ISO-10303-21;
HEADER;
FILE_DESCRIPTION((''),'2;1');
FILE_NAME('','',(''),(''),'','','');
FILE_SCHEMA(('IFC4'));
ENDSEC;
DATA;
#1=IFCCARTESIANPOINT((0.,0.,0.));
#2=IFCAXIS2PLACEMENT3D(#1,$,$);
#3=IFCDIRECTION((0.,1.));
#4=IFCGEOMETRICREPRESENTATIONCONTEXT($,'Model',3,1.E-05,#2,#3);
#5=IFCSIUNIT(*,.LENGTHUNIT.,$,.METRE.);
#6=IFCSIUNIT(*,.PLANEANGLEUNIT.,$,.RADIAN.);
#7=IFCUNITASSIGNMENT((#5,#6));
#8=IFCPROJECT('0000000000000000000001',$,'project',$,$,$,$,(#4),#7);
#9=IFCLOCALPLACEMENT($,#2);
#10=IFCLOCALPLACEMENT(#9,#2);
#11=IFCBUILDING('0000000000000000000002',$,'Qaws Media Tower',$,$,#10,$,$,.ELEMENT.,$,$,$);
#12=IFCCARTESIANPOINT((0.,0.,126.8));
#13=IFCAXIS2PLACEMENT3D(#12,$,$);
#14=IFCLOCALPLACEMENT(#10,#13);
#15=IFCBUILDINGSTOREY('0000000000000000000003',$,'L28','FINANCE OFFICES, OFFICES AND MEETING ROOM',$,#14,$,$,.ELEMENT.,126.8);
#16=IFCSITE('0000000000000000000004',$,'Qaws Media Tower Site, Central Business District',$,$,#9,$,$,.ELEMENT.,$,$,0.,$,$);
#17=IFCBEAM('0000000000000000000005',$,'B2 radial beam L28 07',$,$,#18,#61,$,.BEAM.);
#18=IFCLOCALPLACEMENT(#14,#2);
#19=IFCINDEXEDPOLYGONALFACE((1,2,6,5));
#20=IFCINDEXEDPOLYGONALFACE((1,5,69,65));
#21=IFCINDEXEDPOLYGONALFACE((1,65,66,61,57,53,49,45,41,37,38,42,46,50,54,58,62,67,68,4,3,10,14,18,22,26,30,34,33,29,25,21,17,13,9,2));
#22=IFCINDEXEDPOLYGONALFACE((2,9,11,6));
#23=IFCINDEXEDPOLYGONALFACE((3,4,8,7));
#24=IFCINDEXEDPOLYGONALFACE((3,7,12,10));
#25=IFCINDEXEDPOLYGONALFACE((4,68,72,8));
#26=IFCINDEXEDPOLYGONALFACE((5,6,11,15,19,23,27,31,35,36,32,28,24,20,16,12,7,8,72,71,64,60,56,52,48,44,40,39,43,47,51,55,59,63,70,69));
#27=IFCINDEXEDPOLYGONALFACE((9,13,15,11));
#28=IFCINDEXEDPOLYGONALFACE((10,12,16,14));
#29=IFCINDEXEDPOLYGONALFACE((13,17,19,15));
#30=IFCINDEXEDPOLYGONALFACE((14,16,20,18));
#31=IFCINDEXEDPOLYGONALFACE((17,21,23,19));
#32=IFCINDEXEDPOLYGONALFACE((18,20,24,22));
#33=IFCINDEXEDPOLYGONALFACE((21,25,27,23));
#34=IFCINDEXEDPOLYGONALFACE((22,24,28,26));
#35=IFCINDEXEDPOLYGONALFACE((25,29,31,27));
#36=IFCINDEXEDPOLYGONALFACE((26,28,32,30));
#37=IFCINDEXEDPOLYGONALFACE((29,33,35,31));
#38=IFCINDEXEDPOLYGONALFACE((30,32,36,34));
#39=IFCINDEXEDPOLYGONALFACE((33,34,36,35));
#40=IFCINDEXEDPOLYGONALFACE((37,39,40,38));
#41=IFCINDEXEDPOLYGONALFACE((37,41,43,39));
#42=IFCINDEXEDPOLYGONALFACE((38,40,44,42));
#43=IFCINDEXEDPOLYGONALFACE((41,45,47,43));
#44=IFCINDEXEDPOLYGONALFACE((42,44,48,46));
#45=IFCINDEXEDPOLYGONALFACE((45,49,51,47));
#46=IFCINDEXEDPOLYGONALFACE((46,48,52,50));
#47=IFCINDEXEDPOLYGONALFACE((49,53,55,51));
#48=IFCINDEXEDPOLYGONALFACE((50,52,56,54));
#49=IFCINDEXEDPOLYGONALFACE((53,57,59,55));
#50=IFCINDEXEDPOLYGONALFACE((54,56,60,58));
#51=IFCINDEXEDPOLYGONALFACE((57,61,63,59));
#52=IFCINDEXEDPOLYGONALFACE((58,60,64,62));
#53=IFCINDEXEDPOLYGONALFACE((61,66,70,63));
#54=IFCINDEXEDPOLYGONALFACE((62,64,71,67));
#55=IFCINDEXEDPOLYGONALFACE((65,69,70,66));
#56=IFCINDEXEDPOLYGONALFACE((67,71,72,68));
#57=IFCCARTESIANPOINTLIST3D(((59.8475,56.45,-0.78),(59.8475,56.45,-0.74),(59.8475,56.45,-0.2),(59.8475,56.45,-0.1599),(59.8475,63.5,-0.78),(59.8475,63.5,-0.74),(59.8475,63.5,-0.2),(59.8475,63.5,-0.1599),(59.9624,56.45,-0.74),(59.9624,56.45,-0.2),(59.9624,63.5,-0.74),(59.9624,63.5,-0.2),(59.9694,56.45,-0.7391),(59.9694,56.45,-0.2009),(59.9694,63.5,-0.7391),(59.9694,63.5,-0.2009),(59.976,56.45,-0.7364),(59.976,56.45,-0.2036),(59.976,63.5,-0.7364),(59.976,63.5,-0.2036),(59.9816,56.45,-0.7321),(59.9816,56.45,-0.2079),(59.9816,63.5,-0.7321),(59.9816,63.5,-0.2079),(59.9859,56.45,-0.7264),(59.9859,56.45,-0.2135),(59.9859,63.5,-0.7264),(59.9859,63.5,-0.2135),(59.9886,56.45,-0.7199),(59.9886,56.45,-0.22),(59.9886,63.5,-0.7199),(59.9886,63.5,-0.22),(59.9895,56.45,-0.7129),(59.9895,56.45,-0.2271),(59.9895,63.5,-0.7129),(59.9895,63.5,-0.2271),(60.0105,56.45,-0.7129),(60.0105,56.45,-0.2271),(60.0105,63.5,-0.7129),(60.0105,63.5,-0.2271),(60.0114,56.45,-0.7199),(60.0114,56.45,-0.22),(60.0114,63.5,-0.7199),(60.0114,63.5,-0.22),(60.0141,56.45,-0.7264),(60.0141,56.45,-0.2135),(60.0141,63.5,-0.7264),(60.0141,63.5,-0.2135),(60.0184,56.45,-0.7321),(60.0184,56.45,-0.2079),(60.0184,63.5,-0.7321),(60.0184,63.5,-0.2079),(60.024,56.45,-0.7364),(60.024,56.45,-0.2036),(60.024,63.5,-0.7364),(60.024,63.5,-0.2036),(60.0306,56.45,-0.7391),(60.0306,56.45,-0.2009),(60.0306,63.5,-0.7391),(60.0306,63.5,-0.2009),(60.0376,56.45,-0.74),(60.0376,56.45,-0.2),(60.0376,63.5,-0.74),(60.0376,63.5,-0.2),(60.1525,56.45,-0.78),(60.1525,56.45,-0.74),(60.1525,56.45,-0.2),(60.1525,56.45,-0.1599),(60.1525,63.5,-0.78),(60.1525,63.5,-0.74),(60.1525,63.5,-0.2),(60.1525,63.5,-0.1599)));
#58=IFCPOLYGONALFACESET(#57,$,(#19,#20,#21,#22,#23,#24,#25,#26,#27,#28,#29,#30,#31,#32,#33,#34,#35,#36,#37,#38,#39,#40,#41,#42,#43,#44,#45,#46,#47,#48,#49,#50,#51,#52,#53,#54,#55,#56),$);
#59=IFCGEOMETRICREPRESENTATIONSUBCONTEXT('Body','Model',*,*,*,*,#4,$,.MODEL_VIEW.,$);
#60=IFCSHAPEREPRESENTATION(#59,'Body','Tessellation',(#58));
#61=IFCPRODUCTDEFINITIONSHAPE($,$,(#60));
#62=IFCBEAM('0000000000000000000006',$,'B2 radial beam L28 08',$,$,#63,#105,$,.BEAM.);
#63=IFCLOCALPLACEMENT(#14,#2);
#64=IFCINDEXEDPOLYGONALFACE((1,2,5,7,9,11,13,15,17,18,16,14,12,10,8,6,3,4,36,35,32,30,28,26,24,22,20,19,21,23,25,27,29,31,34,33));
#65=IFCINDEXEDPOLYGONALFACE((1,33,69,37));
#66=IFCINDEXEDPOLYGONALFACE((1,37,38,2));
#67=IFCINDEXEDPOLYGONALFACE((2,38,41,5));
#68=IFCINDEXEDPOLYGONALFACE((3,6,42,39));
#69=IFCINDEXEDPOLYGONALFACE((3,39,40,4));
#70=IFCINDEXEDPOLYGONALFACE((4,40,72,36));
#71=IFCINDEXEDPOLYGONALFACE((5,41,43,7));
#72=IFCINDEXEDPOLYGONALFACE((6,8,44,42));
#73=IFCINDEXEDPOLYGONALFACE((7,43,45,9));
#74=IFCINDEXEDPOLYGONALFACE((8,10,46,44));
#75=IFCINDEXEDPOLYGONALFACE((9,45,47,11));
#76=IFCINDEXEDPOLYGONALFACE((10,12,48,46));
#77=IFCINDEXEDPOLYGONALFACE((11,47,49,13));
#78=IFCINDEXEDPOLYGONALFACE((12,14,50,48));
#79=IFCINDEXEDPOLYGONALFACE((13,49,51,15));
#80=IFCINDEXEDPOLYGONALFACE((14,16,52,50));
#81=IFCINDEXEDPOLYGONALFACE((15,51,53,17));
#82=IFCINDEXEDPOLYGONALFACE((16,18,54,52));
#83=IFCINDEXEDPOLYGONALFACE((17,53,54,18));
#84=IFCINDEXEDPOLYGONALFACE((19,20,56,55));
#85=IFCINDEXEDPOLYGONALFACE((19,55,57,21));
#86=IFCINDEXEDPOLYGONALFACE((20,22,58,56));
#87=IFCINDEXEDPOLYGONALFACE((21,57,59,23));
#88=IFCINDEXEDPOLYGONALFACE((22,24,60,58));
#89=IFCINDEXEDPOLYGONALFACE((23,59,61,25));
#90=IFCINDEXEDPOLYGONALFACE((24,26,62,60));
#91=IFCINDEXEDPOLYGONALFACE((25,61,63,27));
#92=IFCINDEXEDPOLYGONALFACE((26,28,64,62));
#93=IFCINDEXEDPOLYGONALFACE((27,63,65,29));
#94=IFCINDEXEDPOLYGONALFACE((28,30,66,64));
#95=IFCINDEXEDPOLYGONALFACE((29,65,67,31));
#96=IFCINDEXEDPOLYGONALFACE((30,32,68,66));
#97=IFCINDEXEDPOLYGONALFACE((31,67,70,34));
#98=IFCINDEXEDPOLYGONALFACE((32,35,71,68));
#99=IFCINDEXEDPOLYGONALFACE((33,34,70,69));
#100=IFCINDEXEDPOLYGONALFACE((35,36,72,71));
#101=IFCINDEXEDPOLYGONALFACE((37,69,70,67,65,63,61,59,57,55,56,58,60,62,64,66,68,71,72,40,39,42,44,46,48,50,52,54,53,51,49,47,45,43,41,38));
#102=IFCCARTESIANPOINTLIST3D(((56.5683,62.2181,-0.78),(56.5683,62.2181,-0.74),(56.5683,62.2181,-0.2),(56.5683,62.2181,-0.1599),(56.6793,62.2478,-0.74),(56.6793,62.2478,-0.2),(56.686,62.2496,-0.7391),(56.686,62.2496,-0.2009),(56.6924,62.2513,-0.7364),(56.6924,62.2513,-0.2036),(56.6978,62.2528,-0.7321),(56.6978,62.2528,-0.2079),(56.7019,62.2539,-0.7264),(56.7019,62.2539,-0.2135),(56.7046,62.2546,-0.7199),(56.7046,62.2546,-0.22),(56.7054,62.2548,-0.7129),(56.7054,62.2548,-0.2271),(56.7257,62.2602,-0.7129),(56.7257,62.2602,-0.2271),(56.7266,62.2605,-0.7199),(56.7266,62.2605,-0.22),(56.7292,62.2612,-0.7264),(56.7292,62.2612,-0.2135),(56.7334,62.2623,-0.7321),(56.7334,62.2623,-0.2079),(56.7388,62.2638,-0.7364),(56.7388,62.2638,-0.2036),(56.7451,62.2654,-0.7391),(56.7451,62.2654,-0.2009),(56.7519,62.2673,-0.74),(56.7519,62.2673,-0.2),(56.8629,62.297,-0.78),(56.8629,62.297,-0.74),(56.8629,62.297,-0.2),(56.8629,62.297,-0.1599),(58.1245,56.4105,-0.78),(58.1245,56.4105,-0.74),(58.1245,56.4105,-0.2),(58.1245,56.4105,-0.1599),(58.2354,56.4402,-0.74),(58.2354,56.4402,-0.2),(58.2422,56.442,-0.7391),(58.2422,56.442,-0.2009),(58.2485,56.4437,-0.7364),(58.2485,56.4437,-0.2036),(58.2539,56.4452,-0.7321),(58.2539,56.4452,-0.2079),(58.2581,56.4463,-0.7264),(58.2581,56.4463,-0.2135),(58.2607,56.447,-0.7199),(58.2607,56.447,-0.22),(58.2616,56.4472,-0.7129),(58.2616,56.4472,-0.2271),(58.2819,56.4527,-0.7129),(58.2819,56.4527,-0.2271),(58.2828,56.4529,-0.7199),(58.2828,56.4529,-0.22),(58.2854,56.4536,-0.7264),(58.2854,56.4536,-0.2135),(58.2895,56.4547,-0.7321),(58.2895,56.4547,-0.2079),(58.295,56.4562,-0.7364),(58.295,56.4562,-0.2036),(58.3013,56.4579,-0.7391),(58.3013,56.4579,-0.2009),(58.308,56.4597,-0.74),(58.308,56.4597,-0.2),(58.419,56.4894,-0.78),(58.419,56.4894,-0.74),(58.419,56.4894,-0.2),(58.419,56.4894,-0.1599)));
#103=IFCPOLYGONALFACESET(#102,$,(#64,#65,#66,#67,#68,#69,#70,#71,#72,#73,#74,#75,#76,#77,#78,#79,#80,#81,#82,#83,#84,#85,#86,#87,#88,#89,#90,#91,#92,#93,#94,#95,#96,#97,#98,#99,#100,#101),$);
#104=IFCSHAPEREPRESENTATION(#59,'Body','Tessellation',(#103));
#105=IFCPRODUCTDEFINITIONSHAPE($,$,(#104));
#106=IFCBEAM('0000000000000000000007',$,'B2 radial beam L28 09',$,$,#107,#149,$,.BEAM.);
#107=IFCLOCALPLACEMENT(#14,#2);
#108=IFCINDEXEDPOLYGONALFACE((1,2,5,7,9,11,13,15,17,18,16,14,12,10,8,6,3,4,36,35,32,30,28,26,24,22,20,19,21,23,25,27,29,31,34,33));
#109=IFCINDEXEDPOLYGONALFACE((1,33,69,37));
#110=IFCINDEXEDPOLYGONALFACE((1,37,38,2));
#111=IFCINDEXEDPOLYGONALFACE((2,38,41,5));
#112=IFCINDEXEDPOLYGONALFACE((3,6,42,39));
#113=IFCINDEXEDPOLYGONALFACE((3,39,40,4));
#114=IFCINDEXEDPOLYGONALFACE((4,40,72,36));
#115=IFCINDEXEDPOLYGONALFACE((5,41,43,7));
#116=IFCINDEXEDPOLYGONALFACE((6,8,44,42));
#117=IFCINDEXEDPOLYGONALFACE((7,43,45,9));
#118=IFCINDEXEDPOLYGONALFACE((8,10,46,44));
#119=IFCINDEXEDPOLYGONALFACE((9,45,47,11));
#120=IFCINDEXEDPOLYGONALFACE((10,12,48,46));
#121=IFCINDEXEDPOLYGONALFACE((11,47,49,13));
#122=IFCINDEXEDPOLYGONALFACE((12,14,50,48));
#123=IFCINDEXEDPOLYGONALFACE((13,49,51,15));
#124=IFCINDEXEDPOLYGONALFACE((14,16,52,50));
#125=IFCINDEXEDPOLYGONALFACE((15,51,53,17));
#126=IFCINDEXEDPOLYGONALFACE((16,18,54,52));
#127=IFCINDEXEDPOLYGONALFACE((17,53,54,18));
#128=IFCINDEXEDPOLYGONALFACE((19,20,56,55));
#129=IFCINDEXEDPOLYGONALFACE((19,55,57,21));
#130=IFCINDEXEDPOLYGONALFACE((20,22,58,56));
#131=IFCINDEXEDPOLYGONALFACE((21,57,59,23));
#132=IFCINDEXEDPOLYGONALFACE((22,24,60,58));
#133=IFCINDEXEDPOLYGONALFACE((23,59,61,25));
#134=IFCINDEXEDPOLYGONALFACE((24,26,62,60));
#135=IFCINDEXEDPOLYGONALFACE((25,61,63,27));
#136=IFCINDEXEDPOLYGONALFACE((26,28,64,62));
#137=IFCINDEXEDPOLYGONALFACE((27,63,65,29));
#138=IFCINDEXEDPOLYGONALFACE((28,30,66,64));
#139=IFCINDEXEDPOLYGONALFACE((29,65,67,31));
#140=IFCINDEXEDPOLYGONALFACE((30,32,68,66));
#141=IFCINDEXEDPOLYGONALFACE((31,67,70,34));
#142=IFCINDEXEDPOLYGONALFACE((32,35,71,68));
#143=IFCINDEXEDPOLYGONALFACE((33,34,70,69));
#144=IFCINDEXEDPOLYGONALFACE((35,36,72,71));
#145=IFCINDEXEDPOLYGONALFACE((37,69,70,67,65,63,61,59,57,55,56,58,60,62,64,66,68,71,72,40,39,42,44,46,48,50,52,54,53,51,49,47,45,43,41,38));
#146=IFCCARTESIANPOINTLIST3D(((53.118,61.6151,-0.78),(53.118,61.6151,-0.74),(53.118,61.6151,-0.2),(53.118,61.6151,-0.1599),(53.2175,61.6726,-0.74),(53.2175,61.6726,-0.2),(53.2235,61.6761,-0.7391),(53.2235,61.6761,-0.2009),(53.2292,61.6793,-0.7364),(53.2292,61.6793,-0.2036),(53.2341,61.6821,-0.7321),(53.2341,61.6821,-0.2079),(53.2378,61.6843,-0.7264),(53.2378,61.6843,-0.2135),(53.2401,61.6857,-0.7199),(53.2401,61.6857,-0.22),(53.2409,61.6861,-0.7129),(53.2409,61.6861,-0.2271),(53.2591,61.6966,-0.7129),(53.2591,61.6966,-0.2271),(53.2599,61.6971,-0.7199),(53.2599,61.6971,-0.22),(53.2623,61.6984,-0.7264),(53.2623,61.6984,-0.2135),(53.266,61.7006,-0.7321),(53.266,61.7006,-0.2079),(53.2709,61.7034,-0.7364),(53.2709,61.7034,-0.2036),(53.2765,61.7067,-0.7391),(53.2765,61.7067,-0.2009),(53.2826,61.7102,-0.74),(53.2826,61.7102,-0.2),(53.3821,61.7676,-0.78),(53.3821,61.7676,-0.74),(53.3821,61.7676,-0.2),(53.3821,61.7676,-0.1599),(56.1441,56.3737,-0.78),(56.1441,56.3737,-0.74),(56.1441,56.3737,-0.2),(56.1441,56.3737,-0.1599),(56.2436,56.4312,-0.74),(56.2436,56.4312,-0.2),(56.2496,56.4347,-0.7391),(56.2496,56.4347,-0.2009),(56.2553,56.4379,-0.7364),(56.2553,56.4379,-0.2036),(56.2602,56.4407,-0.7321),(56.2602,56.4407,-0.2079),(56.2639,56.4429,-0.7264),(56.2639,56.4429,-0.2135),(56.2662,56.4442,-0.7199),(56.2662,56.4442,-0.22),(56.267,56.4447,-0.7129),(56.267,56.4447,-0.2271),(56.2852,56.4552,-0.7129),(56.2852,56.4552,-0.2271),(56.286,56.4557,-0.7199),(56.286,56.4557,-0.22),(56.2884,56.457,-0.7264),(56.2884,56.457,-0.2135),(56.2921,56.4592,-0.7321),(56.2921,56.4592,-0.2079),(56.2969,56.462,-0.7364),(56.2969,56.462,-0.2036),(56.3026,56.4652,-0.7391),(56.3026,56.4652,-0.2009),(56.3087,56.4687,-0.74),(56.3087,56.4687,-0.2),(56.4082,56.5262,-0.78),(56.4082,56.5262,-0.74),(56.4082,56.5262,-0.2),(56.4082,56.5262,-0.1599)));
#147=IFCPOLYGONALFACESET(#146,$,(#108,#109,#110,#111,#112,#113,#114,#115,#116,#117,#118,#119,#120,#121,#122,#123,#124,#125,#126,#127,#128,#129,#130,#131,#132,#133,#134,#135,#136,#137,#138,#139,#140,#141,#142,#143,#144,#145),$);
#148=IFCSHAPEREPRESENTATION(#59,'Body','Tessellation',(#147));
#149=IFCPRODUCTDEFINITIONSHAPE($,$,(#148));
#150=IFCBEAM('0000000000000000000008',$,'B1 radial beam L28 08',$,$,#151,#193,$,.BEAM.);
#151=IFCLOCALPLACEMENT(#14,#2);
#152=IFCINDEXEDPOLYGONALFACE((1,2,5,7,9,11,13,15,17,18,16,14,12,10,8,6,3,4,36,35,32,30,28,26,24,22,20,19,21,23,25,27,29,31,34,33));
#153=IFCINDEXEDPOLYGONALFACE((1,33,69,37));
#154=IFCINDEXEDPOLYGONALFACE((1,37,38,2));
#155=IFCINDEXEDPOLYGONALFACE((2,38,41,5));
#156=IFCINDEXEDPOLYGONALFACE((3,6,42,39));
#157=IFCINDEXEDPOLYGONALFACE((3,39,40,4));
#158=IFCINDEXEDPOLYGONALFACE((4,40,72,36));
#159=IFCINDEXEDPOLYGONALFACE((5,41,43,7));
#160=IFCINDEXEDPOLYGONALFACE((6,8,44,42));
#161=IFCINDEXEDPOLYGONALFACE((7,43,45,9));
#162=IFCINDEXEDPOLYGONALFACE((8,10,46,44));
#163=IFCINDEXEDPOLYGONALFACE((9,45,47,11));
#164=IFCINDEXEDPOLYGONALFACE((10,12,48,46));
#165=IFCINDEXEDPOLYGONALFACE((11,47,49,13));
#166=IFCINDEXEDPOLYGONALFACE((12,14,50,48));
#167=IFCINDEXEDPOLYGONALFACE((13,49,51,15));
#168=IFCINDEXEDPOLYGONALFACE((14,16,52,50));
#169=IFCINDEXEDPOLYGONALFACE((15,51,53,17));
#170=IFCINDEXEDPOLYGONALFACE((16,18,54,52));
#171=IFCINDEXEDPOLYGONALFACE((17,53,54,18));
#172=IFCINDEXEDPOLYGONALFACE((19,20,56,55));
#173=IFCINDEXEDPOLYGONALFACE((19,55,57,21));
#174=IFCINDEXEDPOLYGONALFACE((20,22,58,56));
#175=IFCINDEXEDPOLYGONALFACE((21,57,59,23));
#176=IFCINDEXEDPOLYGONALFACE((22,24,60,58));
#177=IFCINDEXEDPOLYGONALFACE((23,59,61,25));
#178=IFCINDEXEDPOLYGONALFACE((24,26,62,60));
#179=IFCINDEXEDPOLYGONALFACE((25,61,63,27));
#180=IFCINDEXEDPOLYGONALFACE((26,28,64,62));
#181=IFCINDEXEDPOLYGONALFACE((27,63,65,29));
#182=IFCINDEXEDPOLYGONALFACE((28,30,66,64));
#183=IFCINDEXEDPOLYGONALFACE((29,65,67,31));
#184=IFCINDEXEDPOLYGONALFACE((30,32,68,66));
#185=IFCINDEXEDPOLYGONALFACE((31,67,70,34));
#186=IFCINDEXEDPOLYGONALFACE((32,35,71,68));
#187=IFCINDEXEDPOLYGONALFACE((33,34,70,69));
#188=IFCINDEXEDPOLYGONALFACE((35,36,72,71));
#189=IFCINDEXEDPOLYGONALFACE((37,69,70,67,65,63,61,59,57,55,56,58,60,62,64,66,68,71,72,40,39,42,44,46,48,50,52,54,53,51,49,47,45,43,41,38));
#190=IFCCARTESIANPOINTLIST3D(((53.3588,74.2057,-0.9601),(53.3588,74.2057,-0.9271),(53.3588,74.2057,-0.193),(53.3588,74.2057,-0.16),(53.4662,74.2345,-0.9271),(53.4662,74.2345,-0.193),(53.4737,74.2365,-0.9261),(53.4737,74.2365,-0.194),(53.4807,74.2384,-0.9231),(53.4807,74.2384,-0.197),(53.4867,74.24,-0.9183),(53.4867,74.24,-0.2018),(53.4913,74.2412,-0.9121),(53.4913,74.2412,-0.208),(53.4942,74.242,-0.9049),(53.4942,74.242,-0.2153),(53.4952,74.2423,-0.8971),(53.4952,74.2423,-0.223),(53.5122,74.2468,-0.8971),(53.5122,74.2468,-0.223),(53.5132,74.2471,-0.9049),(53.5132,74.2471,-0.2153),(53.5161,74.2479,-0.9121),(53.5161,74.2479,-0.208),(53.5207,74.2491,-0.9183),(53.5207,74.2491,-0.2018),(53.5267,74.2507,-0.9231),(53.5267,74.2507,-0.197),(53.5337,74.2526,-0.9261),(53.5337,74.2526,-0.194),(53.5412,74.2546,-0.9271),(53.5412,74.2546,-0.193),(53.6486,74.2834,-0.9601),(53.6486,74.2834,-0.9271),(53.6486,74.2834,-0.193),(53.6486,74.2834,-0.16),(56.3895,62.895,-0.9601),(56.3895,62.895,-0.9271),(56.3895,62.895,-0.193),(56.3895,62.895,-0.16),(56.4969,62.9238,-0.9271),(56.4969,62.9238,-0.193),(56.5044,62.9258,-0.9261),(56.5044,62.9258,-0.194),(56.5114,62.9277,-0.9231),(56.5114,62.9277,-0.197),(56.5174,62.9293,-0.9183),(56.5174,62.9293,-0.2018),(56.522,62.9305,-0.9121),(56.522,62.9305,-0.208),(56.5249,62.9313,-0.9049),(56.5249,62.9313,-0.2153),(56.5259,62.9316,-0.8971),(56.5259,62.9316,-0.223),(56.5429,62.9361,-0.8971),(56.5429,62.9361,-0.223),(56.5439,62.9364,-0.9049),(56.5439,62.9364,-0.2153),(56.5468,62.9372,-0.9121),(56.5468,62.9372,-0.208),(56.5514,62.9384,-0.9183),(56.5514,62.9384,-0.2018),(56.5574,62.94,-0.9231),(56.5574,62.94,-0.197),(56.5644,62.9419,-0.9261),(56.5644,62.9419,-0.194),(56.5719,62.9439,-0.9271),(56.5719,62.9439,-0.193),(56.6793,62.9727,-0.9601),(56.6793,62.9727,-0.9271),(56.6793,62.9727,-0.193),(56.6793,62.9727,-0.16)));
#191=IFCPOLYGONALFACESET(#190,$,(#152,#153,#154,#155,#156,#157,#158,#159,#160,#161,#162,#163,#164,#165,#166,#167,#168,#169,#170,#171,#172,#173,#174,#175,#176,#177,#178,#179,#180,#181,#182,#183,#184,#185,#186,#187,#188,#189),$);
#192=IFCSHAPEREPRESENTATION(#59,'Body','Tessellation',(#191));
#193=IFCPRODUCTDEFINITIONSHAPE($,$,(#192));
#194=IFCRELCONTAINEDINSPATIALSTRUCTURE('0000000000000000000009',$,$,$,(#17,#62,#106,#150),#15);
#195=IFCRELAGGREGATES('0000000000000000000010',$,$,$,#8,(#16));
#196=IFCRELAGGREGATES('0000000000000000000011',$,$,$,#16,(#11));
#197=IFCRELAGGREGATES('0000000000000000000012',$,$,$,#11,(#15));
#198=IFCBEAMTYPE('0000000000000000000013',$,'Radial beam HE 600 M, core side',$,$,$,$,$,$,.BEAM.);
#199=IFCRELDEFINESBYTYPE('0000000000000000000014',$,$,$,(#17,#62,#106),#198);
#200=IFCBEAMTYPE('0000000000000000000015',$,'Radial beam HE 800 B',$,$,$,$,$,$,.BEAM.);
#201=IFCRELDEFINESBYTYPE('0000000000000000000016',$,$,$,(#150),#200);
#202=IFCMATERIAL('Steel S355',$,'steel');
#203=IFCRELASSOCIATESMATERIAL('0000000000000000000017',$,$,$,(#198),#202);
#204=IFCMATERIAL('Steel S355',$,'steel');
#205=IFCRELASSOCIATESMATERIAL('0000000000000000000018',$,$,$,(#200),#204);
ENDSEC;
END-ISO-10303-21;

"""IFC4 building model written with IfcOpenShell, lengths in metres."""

from ifc_helpers import new_model, si_unit, direction, frame, origin, origin_2d, place, context, subcontext, project, spatial, i_section, extrude, material, material_profile, profile_set, type_object, element, save


model = new_model("IFC4")

# Units and contexts
model_context = context("Model", 3, precision=1e-05, world=origin(), true_north=direction((0.0, 1.0)))
body_context = subcontext(model_context, "Body", "Model", "MODEL_VIEW")
ifc_project = project(units=[si_unit("LENGTHUNIT", "METRE"), si_unit("PLANEANGLEUNIT", "RADIAN")], contexts=[model_context])

# Site, building, storey
site_placement = place(None, origin())
site = spatial("IfcSite", under=ifc_project, at=site_placement, Name="Qaws Media Tower Site, Central Business District", CompositionType="ELEMENT", RefElevation=0.0)
building_placement = place(site_placement, origin())
building = spatial("IfcBuilding", under=site, at=building_placement, Name="Qaws Media Tower", CompositionType="ELEMENT")
storey_placement = place(building_placement, frame((0.0, 0.0, 126.8)))
storey = spatial("IfcBuildingStorey", under=building, at=storey_placement, Name="L28", Description="FINANCE OFFICES, OFFICES AND MEETING ROOM", CompositionType="ELEMENT", Elevation=126.8)

# Beams
ifc_material_1 = material(Name="Steel S355", Category="steel")
ifc_material_profile_1 = material_profile(ifc_material_1, i_section(OverallWidth=0.3049, OverallDepth=0.6201, WebThickness=0.021, FlangeThickness=0.04, FilletRadius=0.0271, at=origin_2d()), Name="HE 600 M")
ifc_profile_set_1 = profile_set([ifc_material_profile_1], Name="Steel S355")
beam_type_1 = type_object("IfcBeamType", Name="Radial beam HE 600 M, core side", PredefinedType="BEAM", material=ifc_profile_set_1)
beam_1_placement = place(storey_placement, frame((60.0, 56.45, -0.47), z_axis=(0.0, 1.0, 0.0), x_axis=(-1.0, 0.0, 0.0)))
element("IfcBeam", 1, at=beam_1_placement, inside=storey, type_object=beam_type_1, Name="B2 radial beam L28 07", PredefinedType="BEAM", context=body_context, shape_type="SweptSolid", body=[
    extrude(i_section(OverallWidth=0.3049, OverallDepth=0.6201, WebThickness=0.021, FlangeThickness=0.04, FilletRadius=0.0271, at=origin_2d()), origin(), (0.0, 0.0, 1.0), 7.05),
])
beam_2_placement = place(storey_placement, frame((58.2717, 56.45, -0.47), z_axis=(-0.25882, 0.965926, 0.0), x_axis=(-0.965926, -0.25882, 0.0)))
element("IfcBeam", 2, at=beam_2_placement, inside=storey, type_object=beam_type_1, Name="B2 radial beam L28 08", PredefinedType="BEAM", context=body_context, shape_type="SweptSolid", body=[
    extrude(i_section(OverallWidth=0.3049, OverallDepth=0.6201, WebThickness=0.021, FlangeThickness=0.04, FilletRadius=0.0271, at=origin_2d()), origin(), (0.0, 0.0, 1.0), 6.0125),
])
beam_3_placement = place(storey_placement, frame((56.2761, 56.45, -0.47), z_axis=(-0.499996, 0.866028, 0.0), x_axis=(-0.866028, -0.499996, 0.0)))
element("IfcBeam", 3, at=beam_3_placement, inside=storey, type_object=beam_type_1, Name="B2 radial beam L28 09", PredefinedType="BEAM", context=body_context, shape_type="SweptSolid", body=[
    extrude(i_section(OverallWidth=0.3049, OverallDepth=0.6201, WebThickness=0.021, FlangeThickness=0.04, FilletRadius=0.0271, at=origin_2d()), origin(), (0.0, 0.0, 1.0), 6.0522),
])
ifc_material_2 = material(Name="Steel S355", Category="steel")
ifc_material_profile_2 = material_profile(ifc_material_2, i_section(OverallWidth=0.3, OverallDepth=0.8, WebThickness=0.0176, FlangeThickness=0.033, FilletRadius=0.03, at=origin_2d()), Name="HE 800 B")
ifc_profile_set_2 = profile_set([ifc_material_profile_2], Name="Steel S355")
beam_type_2 = type_object("IfcBeamType", Name="Radial beam HE 800 B", PredefinedType="BEAM", material=ifc_profile_set_2)
beam_4_placement = place(storey_placement, frame((56.5344, 62.9338, -0.5601), z_axis=(-0.258823, 0.965925, 0.0), x_axis=(-0.965925, -0.258823, 0.0)))
element("IfcBeam", 4, at=beam_4_placement, inside=storey, type_object=beam_type_2, Name="B1 radial beam L28 08", PredefinedType="BEAM", context=body_context, shape_type="SweptSolid", body=[
    extrude(i_section(OverallWidth=0.3, OverallDepth=0.8, WebThickness=0.0176, FlangeThickness=0.033, FilletRadius=0.03, at=origin_2d()), origin(), (0.0, 0.0, 1.0), 11.7097),
])

save(model, "model.ifc")
